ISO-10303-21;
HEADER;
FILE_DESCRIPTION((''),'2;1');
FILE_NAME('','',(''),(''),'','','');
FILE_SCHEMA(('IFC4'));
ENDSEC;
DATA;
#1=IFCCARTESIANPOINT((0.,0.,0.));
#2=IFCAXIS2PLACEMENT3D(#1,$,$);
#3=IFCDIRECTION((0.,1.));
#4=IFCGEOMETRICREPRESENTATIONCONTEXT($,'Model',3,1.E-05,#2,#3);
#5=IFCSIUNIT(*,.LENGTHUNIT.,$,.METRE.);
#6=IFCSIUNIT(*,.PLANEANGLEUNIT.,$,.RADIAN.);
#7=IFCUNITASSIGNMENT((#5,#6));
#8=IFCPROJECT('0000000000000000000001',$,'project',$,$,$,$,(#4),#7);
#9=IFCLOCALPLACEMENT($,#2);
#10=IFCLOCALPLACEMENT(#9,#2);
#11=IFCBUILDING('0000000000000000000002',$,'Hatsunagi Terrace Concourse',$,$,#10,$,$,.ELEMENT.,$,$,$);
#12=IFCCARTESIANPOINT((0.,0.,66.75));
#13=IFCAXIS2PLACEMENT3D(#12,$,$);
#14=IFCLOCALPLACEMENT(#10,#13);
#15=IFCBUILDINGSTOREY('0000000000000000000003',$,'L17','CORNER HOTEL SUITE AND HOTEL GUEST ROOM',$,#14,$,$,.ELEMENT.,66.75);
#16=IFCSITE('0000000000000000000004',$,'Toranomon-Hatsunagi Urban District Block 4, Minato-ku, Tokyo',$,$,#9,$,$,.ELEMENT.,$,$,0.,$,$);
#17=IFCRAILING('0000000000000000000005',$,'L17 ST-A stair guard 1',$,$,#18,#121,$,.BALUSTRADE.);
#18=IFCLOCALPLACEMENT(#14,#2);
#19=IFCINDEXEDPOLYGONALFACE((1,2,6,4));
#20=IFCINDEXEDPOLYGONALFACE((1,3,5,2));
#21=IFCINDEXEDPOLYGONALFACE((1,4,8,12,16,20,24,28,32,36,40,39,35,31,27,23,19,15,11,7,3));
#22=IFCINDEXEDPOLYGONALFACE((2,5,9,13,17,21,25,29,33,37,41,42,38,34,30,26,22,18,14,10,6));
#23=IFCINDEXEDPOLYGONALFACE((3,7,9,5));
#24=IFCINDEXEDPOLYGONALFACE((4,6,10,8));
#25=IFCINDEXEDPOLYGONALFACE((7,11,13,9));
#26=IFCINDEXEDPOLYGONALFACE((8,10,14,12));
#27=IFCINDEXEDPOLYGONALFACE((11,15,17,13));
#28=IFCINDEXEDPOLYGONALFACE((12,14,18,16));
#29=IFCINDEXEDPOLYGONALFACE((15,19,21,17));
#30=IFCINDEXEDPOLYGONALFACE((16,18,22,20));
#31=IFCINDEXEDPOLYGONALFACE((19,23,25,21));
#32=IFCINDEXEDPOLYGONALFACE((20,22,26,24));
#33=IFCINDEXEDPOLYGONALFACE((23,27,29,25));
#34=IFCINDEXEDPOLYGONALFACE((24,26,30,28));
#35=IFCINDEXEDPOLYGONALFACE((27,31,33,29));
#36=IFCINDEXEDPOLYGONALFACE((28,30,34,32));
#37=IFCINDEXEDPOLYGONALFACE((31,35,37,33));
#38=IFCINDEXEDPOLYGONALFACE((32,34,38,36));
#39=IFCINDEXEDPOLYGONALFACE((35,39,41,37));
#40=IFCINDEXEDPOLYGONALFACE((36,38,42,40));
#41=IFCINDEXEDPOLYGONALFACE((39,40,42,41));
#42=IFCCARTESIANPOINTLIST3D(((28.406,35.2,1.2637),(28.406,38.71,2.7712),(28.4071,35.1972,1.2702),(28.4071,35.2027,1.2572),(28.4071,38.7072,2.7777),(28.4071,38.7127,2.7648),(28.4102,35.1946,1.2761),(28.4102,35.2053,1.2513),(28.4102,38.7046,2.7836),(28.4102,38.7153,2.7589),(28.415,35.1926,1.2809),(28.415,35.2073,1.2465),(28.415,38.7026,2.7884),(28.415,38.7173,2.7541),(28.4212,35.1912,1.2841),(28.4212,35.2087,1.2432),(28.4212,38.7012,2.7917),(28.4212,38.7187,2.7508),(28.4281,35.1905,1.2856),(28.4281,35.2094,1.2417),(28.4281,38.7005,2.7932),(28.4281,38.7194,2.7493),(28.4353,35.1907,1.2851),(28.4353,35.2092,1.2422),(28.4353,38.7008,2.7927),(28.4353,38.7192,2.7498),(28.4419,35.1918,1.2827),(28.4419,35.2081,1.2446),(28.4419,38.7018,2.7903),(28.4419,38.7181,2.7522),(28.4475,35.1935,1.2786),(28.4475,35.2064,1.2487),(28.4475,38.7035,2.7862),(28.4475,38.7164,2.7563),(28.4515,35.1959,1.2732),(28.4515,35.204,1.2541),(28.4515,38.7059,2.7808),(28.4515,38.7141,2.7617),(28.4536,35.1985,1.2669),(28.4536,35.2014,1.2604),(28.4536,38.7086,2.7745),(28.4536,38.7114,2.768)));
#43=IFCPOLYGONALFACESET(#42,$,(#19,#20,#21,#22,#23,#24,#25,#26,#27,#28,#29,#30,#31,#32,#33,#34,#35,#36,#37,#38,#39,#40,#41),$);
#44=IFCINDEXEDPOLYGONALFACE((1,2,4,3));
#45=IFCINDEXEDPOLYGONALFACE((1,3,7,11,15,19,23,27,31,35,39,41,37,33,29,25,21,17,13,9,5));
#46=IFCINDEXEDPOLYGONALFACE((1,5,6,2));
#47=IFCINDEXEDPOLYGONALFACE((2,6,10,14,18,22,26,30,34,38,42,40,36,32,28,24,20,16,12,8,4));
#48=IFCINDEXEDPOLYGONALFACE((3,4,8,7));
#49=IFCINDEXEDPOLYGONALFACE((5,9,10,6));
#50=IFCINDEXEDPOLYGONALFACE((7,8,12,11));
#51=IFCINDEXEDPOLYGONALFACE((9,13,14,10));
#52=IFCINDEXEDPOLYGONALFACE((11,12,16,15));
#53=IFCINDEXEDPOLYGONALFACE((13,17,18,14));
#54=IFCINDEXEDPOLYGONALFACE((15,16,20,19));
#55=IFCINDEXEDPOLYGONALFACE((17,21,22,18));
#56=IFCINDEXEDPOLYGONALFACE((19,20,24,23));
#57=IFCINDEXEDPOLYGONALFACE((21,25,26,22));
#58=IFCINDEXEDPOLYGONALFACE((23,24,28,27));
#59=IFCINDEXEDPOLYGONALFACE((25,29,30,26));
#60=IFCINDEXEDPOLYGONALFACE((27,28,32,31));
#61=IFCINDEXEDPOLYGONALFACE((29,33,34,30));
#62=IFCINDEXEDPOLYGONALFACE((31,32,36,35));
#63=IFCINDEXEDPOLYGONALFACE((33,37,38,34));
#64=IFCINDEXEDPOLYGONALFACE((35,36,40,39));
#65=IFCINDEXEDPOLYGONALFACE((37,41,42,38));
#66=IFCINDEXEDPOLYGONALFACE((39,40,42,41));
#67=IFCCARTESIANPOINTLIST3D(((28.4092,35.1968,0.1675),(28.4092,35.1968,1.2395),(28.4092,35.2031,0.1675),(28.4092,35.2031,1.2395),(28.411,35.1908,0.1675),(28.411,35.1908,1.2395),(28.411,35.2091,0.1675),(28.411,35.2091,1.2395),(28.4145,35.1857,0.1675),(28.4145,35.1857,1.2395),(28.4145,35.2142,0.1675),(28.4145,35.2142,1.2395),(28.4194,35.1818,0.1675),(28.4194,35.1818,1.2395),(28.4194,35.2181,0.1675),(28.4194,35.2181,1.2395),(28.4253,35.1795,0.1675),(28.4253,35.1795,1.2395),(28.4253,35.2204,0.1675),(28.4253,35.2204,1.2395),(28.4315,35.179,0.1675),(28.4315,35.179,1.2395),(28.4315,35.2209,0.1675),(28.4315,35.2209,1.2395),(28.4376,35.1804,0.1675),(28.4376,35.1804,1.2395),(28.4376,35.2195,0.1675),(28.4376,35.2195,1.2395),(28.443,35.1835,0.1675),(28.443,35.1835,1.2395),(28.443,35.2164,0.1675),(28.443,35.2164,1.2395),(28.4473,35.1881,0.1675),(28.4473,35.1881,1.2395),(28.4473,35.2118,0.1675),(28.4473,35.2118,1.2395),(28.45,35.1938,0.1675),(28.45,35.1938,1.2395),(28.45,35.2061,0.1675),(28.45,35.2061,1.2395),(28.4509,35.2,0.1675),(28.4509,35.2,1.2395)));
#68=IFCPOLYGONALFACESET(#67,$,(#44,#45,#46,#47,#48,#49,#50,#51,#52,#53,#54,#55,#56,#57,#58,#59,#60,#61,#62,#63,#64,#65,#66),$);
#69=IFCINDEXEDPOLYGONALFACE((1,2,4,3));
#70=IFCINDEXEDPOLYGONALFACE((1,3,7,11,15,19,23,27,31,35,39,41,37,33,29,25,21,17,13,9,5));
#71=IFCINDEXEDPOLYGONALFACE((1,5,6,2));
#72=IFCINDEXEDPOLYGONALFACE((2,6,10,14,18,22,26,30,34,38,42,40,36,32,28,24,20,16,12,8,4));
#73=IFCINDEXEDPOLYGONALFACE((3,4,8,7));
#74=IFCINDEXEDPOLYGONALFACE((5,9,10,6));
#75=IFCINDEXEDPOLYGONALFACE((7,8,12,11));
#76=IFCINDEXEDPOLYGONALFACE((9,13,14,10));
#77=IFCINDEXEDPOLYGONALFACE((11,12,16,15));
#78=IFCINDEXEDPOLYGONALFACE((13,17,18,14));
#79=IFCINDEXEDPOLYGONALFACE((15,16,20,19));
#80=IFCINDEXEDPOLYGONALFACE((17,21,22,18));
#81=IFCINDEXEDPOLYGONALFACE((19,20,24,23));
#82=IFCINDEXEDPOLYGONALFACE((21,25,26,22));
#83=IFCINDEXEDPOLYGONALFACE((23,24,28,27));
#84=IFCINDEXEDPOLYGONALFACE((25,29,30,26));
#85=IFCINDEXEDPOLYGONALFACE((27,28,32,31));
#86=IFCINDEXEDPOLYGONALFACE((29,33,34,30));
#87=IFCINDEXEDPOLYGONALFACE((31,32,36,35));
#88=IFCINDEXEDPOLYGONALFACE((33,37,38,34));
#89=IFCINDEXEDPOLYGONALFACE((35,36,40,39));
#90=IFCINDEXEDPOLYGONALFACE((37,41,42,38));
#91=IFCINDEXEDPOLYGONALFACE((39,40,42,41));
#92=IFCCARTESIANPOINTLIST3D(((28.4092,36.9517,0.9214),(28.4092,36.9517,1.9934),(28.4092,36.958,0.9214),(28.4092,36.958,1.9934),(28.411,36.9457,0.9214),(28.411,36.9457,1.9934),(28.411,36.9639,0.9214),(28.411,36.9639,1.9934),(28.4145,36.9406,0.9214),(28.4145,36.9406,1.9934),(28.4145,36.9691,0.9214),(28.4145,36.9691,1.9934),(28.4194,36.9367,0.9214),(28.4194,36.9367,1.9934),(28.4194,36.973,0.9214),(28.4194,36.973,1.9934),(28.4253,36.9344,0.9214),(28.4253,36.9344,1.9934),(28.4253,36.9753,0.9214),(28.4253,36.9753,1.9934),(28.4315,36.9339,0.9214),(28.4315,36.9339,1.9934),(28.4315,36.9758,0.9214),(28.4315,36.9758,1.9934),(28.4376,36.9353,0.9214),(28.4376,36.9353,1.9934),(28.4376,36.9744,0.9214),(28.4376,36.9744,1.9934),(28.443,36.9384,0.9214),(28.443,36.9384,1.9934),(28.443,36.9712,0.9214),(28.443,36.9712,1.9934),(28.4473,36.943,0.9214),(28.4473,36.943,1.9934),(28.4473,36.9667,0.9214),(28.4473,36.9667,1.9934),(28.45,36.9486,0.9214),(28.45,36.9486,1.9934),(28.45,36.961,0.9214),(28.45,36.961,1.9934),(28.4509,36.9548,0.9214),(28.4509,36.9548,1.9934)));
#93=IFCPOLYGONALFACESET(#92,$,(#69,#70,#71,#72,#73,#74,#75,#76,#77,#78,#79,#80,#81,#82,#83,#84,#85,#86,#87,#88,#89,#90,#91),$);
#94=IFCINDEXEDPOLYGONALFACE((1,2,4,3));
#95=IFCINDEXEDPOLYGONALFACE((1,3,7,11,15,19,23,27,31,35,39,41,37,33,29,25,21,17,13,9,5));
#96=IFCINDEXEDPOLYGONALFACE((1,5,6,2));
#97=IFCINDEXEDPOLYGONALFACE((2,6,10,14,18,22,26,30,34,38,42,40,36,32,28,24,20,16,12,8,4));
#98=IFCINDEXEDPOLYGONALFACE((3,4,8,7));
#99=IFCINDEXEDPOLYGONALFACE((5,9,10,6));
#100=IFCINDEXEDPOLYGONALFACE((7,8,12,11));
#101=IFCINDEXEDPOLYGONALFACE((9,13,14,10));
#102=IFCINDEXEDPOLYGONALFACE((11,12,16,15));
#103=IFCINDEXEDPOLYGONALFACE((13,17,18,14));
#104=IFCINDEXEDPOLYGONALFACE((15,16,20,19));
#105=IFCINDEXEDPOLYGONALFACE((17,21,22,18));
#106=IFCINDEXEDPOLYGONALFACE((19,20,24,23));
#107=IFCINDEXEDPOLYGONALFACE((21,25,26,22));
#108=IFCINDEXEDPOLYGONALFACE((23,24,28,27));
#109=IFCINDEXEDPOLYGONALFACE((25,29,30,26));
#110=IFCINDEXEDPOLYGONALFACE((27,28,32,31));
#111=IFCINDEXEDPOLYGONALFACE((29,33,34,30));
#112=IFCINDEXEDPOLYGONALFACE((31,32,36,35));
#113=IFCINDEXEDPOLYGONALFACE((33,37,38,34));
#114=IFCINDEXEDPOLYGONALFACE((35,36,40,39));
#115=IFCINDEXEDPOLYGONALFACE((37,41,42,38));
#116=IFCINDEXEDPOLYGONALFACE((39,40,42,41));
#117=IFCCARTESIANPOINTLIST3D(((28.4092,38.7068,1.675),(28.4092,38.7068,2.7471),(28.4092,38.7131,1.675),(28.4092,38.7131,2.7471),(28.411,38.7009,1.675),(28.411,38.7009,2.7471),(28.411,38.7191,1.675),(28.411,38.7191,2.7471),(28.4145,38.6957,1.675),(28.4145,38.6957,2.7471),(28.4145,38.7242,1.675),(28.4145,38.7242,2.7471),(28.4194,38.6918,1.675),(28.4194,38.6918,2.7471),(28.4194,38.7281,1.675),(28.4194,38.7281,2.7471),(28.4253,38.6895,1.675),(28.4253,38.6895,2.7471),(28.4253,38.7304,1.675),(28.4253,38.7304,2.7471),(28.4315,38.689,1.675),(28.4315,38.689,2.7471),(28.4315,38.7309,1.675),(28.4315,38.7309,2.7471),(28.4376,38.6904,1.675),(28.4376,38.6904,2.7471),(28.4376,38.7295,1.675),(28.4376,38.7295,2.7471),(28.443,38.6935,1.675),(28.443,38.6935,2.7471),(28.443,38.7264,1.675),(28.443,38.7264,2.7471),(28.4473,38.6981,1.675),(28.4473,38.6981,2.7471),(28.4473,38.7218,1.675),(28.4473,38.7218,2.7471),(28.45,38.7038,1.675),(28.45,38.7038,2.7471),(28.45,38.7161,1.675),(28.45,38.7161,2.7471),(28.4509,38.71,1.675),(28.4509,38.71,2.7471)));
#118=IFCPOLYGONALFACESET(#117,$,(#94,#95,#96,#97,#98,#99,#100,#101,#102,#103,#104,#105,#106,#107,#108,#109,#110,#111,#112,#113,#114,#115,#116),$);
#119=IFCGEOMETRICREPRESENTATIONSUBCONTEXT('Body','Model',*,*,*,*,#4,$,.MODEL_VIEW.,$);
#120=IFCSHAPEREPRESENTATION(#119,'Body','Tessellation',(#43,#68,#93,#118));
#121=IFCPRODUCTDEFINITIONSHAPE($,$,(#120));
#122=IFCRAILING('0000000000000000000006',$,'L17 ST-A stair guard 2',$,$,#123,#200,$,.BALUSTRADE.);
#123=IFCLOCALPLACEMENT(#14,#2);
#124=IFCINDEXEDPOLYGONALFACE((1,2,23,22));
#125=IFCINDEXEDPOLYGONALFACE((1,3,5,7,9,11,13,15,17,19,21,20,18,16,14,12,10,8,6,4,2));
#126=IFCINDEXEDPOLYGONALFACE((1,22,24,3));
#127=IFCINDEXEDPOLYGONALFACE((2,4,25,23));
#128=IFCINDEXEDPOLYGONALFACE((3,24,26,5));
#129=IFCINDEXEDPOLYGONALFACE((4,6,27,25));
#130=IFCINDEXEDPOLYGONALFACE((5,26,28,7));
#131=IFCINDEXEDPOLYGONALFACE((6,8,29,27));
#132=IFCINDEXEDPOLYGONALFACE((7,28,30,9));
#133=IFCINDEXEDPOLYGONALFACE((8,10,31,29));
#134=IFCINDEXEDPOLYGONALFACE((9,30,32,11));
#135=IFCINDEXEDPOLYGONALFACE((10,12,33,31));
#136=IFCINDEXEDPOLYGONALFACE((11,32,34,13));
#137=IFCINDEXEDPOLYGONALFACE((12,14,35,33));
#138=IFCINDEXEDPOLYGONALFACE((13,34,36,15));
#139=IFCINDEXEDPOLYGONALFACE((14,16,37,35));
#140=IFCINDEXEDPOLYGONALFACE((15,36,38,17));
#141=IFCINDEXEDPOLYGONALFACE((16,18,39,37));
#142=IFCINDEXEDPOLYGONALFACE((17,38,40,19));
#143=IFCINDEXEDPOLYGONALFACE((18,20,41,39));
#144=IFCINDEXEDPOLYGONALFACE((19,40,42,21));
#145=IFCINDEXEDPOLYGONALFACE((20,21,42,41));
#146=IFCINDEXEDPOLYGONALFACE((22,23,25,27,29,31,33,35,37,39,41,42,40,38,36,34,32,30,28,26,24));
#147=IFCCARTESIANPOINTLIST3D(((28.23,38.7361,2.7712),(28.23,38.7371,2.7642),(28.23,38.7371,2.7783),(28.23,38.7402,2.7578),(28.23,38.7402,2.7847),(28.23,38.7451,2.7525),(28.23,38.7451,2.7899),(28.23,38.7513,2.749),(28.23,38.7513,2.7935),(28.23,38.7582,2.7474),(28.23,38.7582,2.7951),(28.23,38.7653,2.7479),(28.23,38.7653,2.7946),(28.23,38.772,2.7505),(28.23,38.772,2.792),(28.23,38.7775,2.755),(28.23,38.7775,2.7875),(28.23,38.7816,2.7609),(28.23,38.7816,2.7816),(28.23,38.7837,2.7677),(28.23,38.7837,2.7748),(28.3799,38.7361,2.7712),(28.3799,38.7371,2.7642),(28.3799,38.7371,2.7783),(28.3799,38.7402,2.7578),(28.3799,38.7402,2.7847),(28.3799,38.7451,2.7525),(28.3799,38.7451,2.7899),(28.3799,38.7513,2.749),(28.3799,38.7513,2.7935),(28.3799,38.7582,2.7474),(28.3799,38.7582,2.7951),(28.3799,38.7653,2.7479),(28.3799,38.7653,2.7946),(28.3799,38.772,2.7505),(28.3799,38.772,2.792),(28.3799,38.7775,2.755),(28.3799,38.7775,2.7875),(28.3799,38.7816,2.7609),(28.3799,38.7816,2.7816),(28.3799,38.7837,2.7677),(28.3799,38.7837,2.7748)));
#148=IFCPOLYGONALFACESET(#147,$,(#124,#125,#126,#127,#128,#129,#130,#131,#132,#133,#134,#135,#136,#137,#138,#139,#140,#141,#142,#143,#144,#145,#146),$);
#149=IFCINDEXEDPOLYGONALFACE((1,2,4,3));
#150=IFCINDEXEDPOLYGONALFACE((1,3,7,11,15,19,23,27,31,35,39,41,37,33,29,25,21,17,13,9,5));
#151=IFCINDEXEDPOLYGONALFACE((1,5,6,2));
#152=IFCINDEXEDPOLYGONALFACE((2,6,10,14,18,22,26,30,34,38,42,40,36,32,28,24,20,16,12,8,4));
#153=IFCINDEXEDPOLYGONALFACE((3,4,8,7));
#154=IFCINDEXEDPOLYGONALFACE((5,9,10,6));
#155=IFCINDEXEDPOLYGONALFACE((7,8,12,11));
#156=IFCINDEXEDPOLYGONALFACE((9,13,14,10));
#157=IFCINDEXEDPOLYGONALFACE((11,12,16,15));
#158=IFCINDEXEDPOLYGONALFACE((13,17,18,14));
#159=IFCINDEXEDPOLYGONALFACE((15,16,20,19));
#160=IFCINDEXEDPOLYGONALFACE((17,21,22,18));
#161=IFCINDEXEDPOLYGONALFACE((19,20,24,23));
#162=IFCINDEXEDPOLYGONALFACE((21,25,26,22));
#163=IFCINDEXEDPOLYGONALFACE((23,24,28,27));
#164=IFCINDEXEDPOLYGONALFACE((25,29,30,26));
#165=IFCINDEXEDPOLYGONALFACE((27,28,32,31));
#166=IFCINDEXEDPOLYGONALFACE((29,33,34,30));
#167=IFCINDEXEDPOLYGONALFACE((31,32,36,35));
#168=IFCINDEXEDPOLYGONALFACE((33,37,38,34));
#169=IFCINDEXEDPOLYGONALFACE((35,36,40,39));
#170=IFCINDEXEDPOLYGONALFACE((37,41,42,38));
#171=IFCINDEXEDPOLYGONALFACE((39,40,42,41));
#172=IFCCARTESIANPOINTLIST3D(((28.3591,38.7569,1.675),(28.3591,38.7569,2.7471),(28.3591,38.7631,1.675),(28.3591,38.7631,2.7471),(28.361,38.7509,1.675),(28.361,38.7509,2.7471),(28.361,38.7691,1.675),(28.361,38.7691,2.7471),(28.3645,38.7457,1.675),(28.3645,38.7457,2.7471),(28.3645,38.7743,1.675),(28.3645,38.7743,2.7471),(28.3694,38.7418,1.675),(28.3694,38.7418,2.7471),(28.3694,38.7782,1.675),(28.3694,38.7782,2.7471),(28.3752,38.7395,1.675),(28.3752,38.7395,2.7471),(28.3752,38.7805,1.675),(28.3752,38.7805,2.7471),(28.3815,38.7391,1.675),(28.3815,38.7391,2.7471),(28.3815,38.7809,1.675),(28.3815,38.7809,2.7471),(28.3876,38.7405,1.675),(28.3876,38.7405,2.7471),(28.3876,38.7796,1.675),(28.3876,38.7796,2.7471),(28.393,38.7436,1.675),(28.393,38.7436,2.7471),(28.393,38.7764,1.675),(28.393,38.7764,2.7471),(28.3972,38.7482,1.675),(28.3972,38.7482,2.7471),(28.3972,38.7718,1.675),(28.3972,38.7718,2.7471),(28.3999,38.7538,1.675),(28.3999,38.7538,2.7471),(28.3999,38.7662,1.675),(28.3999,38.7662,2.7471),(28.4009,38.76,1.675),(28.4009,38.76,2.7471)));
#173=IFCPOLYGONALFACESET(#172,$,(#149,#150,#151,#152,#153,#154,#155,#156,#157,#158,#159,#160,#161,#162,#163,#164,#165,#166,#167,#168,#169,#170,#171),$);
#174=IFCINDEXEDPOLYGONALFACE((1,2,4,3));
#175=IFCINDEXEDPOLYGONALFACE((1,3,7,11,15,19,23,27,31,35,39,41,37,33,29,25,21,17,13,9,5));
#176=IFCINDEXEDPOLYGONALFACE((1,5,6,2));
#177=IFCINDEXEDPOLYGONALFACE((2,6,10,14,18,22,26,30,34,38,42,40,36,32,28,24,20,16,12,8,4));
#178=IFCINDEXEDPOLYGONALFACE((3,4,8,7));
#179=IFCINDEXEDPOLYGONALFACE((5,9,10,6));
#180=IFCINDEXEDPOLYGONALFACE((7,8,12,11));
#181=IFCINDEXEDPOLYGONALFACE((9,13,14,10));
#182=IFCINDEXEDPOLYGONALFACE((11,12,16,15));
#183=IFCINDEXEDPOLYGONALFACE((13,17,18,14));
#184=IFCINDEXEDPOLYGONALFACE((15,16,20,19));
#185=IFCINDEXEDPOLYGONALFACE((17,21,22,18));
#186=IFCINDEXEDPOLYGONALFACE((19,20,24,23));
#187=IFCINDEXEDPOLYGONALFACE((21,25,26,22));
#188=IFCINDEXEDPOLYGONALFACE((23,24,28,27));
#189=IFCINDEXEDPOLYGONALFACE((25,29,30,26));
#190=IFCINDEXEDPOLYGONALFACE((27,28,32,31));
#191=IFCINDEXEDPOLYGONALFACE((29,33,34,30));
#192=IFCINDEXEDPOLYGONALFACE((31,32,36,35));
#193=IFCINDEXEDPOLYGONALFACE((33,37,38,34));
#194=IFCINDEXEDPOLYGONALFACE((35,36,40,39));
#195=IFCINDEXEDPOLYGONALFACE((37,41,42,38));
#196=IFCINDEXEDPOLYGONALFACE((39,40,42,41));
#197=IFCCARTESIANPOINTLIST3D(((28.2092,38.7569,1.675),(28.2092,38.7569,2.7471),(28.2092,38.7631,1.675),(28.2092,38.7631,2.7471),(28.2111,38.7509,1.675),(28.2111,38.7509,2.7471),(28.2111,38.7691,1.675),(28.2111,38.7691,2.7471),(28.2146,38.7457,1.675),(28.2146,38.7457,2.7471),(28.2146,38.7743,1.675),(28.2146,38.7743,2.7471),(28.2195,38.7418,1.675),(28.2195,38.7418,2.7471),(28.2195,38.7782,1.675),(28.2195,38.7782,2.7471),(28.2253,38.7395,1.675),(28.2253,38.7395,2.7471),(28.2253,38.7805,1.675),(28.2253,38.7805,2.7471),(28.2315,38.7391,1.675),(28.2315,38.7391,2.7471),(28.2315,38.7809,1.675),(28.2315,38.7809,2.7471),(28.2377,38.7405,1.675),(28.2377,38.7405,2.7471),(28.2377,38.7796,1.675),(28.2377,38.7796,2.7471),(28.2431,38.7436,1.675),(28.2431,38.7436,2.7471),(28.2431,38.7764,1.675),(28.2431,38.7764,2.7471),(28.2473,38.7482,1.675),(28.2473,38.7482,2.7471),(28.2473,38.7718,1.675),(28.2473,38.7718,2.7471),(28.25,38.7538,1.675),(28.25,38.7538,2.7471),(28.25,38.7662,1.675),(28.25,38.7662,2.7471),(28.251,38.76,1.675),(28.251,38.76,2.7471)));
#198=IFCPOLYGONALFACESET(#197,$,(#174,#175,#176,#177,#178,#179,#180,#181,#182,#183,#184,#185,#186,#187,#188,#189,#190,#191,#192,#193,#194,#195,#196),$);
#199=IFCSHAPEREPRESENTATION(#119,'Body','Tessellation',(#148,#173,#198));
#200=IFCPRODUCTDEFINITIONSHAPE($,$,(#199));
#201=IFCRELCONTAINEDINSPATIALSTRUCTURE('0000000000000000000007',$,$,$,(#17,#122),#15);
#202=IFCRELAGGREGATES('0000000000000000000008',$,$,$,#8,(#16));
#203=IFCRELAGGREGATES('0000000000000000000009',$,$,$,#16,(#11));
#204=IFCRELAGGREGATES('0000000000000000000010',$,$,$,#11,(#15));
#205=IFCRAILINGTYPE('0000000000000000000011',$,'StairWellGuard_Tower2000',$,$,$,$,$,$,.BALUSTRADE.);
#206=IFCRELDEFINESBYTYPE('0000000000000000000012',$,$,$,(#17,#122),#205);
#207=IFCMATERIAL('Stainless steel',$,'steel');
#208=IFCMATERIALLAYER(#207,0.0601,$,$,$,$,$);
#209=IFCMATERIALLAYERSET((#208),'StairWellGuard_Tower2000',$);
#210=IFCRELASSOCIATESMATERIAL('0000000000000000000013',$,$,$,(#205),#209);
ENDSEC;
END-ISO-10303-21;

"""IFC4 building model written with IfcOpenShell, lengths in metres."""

from ifc_helpers import new_model, si_unit, direction, frame, origin, origin_2d, place, context, subcontext, project, spatial, circle, extrude, material, layer, layer_set, type_object, element, save


model = new_model("IFC4")

# Units and contexts
model_context = context("Model", 3, precision=1e-05, world=origin(), true_north=direction((0.0, 1.0)))
body_context = subcontext(model_context, "Body", "Model", "MODEL_VIEW")
ifc_project = project(units=[si_unit("LENGTHUNIT", "METRE"), si_unit("PLANEANGLEUNIT", "RADIAN")], contexts=[model_context])

# Site, building, storey
site_placement = place(None, origin())
site = spatial("IfcSite", under=ifc_project, at=site_placement, Name="Toranomon-Hatsunagi Urban District Block 4, Minato-ku, Tokyo", CompositionType="ELEMENT", RefElevation=0.0)
building_placement = place(site_placement, origin())
building = spatial("IfcBuilding", under=site, at=building_placement, Name="Hatsunagi Terrace Concourse", CompositionType="ELEMENT")
storey_placement = place(building_placement, frame((0.0, 0.0, 66.75)))
storey = spatial("IfcBuildingStorey", under=building, at=storey_placement, Name="L17", Description="CORNER HOTEL SUITE AND HOTEL GUEST ROOM", CompositionType="ELEMENT", Elevation=66.75)

# Railings
ifc_material_1 = material(Name="Stainless steel", Category="steel")
ifc_layer_1 = layer(ifc_material_1, 0.0601)
ifc_layer_set_1 = layer_set([ifc_layer_1], Name="StairWellGuard_Tower2000")
railing_type_1 = type_object("IfcRailingType", Name="StairWellGuard_Tower2000", PredefinedType="BALUSTRADE", material=ifc_layer_set_1)
railing_1_placement = place(storey_placement, frame((28.4299, 35.2, 0.1675)))
element("IfcRailing", 1, at=railing_1_placement, inside=storey, type_object=railing_type_1, Name="L17 ST-A stair guard 1", PredefinedType="BALUSTRADE", context=body_context, shape_type="SweptSolid", body=[
    extrude(circle(Radius=0.0239, at=origin_2d()), frame((0.0, 0.0, 1.0962), z_axis=(0.0, 0.918834, 0.394644), x_axis=(-1.0, 0.0, 0.0)), (0.0, 0.0, 1.0), 3.8201),
    extrude(circle(Radius=0.021, at=origin_2d()), origin(), (0.0, 0.0, 1.0), 1.072),
    extrude(circle(Radius=0.021, at=origin_2d()), frame((0.0, 1.7549, 0.7539)), (0.0, 0.0, 1.0), 1.072),
    extrude(circle(Radius=0.021, at=origin_2d()), frame((0.0, 3.51, 1.5076)), (0.0, 0.0, 1.0), 1.072),
])
railing_2_placement = place(storey_placement, frame((28.3799, 38.76, 1.675)))
element("IfcRailing", 2, at=railing_2_placement, inside=storey, type_object=railing_type_1, Name="L17 ST-A stair guard 2", PredefinedType="BALUSTRADE", context=body_context, shape_type="SweptSolid", body=[
    extrude(circle(Radius=0.0239, at=origin_2d()), frame((0.0, 0.0, 1.0962), z_axis=(-1.0, 0.0, 0.0), x_axis=(0.0, -1.0, 0.0)), (0.0, 0.0, 1.0), 0.1499),
    extrude(circle(Radius=0.021, at=origin_2d()), origin(), (0.0, 0.0, 1.0), 1.072),
    extrude(circle(Radius=0.021, at=origin_2d()), frame((-0.1499, 0.0, 0.0)), (0.0, 0.0, 1.0), 1.072),
])

save(model, "model.ifc")
